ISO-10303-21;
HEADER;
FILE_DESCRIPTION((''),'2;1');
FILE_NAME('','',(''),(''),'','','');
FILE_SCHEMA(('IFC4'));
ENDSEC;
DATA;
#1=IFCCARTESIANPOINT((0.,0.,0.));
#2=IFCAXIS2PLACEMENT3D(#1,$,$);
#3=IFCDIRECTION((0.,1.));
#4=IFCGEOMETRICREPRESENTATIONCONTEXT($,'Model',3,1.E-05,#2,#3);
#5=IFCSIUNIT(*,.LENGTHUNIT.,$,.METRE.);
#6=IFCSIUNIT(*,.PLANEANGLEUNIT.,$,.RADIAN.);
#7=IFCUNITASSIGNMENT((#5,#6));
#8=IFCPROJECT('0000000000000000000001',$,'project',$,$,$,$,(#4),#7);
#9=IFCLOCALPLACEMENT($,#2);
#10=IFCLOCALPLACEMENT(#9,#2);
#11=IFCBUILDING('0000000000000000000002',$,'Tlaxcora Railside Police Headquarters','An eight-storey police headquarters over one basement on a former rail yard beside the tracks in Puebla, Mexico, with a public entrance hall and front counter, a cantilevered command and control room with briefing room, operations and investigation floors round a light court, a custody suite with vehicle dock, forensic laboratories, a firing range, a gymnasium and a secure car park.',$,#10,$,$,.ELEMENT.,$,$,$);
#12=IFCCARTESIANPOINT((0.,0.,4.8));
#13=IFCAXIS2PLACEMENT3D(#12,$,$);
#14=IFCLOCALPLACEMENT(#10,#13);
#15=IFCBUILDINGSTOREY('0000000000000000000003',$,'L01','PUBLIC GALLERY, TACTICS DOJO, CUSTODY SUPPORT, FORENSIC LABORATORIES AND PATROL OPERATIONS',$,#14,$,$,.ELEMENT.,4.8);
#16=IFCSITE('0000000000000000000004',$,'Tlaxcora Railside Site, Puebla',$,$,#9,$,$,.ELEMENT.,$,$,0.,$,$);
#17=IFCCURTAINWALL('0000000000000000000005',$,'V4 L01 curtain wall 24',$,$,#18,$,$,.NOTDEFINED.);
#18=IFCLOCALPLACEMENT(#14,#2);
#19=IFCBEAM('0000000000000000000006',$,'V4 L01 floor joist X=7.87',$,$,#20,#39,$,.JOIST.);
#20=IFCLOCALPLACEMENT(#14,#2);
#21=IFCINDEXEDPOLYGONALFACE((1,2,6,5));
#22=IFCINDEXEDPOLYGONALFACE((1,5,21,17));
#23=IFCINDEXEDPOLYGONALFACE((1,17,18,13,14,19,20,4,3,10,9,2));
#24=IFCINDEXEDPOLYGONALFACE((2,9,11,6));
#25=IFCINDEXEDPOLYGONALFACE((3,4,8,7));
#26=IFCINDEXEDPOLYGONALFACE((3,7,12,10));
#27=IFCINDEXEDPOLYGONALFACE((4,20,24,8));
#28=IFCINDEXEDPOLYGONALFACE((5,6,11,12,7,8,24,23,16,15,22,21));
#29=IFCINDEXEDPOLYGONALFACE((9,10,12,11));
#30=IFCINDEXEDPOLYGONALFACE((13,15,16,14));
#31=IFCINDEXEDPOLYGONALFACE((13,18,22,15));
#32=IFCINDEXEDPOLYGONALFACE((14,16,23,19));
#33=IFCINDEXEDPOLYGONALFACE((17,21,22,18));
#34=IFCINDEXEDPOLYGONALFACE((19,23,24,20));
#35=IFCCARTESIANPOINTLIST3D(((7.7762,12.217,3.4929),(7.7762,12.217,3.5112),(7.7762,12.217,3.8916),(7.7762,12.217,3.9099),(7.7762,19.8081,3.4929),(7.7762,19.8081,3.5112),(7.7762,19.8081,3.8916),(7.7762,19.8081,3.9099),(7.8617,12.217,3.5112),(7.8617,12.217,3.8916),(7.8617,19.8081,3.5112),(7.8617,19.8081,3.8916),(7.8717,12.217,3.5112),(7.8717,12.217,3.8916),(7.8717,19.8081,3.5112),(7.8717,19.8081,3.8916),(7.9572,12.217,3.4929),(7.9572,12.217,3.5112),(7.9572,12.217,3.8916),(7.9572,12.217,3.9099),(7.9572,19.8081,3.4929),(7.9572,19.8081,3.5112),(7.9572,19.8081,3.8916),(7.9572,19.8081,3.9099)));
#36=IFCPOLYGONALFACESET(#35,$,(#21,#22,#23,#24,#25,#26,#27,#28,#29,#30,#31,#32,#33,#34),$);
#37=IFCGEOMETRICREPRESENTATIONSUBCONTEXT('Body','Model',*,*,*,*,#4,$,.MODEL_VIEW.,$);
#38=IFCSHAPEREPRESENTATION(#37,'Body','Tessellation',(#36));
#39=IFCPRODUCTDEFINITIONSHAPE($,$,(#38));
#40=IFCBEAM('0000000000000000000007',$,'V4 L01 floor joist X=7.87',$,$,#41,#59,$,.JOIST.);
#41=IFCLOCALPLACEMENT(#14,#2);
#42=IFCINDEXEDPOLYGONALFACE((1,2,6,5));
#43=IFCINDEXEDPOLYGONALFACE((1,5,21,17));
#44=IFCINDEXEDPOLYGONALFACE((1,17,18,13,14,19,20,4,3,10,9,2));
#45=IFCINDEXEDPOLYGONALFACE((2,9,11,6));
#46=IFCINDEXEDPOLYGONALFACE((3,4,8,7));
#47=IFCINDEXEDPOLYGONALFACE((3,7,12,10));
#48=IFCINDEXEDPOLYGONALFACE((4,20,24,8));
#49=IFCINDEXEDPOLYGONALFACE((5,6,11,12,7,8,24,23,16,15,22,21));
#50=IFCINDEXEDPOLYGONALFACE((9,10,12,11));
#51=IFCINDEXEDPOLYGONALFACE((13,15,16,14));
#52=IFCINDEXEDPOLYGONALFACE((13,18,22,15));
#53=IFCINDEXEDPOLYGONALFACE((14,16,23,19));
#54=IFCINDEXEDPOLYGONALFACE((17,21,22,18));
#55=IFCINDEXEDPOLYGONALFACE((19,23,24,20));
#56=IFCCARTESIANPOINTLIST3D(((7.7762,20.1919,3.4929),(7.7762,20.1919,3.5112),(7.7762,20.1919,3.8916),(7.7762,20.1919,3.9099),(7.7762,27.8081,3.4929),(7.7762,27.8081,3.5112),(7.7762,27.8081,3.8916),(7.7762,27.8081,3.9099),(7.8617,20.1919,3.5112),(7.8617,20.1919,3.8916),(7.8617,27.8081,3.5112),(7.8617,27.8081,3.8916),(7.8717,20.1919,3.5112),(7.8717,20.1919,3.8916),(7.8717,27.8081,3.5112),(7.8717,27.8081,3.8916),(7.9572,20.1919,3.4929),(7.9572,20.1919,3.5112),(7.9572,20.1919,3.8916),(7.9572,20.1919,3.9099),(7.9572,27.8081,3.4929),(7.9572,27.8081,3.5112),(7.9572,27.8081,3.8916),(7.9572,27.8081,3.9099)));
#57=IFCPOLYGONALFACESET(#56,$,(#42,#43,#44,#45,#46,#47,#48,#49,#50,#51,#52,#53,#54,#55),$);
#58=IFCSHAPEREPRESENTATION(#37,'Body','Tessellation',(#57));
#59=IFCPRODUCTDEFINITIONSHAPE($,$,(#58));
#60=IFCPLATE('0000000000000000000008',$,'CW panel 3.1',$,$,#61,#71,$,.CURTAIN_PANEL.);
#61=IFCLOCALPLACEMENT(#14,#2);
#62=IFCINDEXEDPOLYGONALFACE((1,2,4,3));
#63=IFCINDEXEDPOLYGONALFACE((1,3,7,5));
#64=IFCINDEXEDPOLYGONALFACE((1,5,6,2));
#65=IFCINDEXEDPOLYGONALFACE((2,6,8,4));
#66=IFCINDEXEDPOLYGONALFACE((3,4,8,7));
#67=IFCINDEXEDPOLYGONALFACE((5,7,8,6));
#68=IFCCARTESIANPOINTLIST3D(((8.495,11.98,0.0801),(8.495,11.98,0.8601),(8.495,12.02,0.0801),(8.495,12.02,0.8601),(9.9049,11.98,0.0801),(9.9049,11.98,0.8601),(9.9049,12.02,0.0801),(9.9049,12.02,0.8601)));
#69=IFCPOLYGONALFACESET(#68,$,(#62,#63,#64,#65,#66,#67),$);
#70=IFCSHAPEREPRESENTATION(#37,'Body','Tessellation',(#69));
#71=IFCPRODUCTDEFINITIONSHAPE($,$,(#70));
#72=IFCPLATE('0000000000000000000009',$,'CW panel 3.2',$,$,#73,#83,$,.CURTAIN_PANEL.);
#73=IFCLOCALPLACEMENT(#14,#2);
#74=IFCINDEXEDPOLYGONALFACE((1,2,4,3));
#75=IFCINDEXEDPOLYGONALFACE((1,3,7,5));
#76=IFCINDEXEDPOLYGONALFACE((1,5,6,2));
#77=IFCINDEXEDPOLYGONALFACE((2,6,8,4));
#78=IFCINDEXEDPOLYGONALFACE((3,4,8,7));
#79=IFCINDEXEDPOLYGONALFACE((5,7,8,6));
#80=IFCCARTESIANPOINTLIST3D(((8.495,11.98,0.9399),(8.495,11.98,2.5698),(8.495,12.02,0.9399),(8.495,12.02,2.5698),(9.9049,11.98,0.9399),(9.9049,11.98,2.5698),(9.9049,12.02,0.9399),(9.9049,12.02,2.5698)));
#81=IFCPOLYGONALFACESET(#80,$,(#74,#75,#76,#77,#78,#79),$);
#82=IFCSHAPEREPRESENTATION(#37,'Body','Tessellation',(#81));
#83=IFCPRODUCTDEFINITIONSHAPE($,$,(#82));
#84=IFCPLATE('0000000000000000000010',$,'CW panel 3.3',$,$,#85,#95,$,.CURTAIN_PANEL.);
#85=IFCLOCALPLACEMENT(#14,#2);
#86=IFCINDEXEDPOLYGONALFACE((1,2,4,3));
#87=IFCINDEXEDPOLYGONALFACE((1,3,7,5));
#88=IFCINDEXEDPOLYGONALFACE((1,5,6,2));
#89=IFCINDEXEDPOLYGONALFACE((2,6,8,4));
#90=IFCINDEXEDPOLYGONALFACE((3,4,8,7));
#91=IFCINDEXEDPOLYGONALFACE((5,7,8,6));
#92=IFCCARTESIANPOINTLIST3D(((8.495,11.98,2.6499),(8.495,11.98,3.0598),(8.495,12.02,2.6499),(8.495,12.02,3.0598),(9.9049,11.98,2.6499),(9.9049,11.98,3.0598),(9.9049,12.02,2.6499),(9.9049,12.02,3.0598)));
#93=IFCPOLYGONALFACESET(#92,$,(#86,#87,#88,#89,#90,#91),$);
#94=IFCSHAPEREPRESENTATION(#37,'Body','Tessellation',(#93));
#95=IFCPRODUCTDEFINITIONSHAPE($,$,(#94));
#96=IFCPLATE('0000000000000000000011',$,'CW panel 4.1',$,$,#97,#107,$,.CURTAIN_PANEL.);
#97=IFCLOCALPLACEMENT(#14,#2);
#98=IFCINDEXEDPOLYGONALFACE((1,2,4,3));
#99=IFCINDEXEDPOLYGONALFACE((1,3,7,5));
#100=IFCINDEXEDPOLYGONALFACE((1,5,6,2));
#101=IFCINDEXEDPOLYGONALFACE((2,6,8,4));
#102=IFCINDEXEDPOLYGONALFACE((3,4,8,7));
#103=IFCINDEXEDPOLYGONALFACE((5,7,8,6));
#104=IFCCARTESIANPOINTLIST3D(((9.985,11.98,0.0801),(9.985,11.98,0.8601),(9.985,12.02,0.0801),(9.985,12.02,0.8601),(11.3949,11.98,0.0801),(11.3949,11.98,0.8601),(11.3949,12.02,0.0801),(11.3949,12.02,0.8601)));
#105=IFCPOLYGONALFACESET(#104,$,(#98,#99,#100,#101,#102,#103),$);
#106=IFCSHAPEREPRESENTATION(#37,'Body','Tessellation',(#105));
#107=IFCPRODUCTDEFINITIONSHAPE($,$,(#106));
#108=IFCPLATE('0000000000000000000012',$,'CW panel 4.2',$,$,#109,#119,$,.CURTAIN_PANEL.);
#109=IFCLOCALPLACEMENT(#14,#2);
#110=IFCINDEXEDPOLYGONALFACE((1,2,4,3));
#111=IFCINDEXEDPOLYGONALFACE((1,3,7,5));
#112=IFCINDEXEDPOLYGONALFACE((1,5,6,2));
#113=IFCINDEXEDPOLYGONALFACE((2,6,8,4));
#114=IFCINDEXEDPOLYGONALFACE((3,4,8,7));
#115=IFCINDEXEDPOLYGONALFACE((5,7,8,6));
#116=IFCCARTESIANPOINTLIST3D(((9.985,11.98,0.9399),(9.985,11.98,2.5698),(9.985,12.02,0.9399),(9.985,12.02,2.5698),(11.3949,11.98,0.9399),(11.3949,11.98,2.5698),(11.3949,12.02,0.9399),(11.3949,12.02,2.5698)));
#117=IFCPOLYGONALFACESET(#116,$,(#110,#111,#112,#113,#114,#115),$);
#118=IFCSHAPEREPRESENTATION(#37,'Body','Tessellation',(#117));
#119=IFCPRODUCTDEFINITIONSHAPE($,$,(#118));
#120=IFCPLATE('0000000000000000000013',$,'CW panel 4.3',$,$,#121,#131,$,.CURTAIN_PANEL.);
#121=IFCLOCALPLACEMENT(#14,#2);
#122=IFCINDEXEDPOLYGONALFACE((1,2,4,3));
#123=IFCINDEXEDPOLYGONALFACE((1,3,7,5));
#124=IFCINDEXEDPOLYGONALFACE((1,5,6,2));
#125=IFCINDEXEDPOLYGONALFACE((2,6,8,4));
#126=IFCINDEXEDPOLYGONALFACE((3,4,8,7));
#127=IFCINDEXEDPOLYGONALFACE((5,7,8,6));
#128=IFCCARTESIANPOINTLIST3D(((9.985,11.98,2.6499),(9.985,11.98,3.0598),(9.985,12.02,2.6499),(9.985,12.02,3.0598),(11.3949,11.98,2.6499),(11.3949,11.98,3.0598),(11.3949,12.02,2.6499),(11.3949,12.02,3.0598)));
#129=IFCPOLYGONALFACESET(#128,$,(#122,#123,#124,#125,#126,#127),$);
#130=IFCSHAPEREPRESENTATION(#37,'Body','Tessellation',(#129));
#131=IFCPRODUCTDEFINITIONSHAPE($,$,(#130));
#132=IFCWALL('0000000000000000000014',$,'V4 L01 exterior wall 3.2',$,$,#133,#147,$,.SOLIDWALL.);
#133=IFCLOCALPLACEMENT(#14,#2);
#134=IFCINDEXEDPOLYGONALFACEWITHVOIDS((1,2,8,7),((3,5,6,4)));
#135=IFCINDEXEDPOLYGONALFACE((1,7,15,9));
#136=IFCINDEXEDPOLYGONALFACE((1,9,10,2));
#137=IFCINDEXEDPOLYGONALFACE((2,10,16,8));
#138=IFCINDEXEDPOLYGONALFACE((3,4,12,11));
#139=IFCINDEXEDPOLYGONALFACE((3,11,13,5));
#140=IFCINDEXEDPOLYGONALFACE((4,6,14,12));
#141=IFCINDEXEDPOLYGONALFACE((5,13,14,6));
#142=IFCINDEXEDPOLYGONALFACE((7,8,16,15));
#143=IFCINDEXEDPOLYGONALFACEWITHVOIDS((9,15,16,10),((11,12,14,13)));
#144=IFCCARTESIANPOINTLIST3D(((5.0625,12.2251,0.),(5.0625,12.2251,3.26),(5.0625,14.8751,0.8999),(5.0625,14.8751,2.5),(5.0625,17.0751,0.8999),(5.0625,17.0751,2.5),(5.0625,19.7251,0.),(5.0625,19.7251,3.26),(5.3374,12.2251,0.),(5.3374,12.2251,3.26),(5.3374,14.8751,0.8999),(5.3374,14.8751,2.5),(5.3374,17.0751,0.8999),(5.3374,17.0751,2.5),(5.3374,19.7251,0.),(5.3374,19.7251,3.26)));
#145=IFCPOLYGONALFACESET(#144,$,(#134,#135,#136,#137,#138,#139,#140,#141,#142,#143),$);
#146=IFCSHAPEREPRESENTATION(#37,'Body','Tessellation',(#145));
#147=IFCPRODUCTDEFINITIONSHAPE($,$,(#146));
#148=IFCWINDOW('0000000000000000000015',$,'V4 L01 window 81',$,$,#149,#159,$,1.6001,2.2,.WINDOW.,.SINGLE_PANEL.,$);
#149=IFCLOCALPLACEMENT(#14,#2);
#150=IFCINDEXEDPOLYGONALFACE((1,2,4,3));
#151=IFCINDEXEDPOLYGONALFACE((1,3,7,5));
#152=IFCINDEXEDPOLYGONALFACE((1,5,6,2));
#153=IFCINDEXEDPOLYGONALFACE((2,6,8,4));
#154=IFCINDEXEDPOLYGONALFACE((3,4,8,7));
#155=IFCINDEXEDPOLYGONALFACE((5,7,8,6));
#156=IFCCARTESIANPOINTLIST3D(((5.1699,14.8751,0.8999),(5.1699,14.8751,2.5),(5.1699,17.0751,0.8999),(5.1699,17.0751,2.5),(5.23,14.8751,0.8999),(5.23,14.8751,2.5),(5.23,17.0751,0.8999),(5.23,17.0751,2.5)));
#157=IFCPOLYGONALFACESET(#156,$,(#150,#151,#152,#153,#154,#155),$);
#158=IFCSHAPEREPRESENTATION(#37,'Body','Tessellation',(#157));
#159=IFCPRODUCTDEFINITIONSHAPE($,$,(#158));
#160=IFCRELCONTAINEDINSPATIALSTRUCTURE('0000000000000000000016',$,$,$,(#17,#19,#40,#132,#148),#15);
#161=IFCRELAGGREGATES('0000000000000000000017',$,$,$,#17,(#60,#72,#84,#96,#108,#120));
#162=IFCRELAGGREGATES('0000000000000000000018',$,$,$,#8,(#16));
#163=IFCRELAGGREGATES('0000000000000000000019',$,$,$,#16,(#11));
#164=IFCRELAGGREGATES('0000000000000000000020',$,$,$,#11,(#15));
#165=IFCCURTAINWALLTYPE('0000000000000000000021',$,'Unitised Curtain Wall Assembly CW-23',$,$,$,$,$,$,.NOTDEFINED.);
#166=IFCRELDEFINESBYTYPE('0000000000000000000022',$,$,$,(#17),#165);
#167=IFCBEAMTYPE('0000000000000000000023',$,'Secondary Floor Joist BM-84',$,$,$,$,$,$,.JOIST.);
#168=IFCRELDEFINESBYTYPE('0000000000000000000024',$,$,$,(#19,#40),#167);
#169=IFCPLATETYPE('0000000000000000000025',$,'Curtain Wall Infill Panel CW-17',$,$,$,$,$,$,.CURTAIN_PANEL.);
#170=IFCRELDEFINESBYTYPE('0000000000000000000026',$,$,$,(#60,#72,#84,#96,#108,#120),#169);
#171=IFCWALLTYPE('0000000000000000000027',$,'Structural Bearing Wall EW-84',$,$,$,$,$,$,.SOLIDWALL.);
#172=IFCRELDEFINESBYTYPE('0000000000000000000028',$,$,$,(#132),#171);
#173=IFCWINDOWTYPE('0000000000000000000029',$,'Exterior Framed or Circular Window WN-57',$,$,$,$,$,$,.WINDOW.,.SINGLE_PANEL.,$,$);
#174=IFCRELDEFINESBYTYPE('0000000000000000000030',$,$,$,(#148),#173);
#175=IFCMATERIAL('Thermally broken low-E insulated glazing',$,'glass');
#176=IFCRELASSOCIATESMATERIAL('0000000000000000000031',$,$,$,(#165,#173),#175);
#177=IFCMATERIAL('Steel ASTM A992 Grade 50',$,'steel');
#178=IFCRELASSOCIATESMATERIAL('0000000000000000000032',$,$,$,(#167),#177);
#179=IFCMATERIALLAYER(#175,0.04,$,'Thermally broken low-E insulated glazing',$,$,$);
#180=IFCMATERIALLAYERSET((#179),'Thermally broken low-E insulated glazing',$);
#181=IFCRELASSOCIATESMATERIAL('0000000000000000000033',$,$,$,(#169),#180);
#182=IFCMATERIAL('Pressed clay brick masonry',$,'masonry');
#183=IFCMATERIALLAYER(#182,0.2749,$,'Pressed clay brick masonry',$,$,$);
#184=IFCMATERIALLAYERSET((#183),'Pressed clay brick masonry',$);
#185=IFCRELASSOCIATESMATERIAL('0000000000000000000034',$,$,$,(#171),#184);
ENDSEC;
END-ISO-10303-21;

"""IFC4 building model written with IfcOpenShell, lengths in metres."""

from ifc_helpers import new_model, si_unit, direction, frame, frame_2d, origin, origin_2d, place, context, subcontext, project, spatial, rectangle, i_section, extrude, material, layer, layer_set, material_profile, profile_set, type_object, element, fill, aggregate, save


model = new_model("IFC4")

# Units and contexts
model_context = context("Model", 3, precision=1e-05, world=origin(), true_north=direction((0.0, 1.0)))
body_context = subcontext(model_context, "Body", "Model", "MODEL_VIEW")
ifc_project = project(units=[si_unit("LENGTHUNIT", "METRE"), si_unit("PLANEANGLEUNIT", "RADIAN")], contexts=[model_context])

# Site, building, storey
site_placement = place(None, origin())
site = spatial("IfcSite", under=ifc_project, at=site_placement, Name="Tlaxcora Railside Site, Puebla", CompositionType="ELEMENT", RefElevation=0.0)
building_placement = place(site_placement, origin())
building = spatial("IfcBuilding", under=site, at=building_placement, Name="Tlaxcora Railside Police Headquarters", Description="An eight-storey police headquarters over one basement on a former rail yard beside the tracks in Puebla, Mexico, with a public entrance hall and front counter, a cantilevered command and control room with briefing room, operations and investigation floors round a light court, a custody suite with vehicle dock, forensic laboratories, a firing range, a gymnasium and a secure car park.", CompositionType="ELEMENT")
storey_placement = place(building_placement, frame((0.0, 0.0, 4.8)))
storey = spatial("IfcBuildingStorey", under=building, at=storey_placement, Name="L01", Description="PUBLIC GALLERY, TACTICS DOJO, CUSTODY SUPPORT, FORENSIC LABORATORIES AND PATROL OPERATIONS", CompositionType="ELEMENT", Elevation=4.8)

# Curtain wall
ifc_material_1 = material(Name="Thermally broken low-E insulated glazing", Category="glass")
curtain_wall_type = type_object("IfcCurtainWallType", Name="Unitised Curtain Wall Assembly CW-23", PredefinedType="NOTDEFINED", material=ifc_material_1)
curtain_wall_placement = place(storey_placement, origin())
curtain_wall = element("IfcCurtainWall", 1, at=curtain_wall_placement, inside=storey, type_object=curtain_wall_type, Name="V4 L01 curtain wall 24", PredefinedType="NOTDEFINED")

# Beams
ifc_material_2 = material(Name="Steel ASTM A992 Grade 50", Category="steel")
ifc_material_profile_1 = material_profile(ifc_material_2, i_section(OverallWidth=0.1809, OverallDepth=0.417, WebThickness=0.01, FlangeThickness=0.0183, at=origin_2d()), Name="W16X57")
ifc_profile_set_1 = profile_set([ifc_material_profile_1], Name="Steel ASTM A992 Grade 50")
beam_type_1 = type_object("IfcBeamType", Name="Secondary Floor Joist BM-84", PredefinedType="JOIST", material=ifc_profile_set_1)
beam_1_placement = place(storey_placement, frame((7.8667, 12.217, 3.7014), z_axis=(0.0, 1.0, 0.0), x_axis=(-1.0, 0.0, 0.0)))
element("IfcBeam", 2, at=beam_1_placement, inside=storey, type_object=beam_type_1, Name="V4 L01 floor joist X=7.87", PredefinedType="JOIST", context=body_context, shape_type="SweptSolid", body=[
    extrude(i_section(OverallWidth=0.1809, OverallDepth=0.417, WebThickness=0.01, FlangeThickness=0.0183, at=origin_2d()), origin(), (0.0, 0.0, 1.0), 7.5911),
])
beam_2_placement = place(storey_placement, frame((7.8667, 20.1919, 3.7014), z_axis=(0.0, 1.0, 0.0), x_axis=(-1.0, 0.0, 0.0)))
element("IfcBeam", 3, at=beam_2_placement, inside=storey, type_object=beam_type_1, Name="V4 L01 floor joist X=7.87", PredefinedType="JOIST", context=body_context, shape_type="SweptSolid", body=[
    extrude(i_section(OverallWidth=0.1809, OverallDepth=0.417, WebThickness=0.01, FlangeThickness=0.0183, at=origin_2d()), origin(), (0.0, 0.0, 1.0), 7.6162),
])

# Plates
ifc_layer_1 = layer(ifc_material_1, 0.04, Name="Thermally broken low-E insulated glazing")
ifc_layer_set_1 = layer_set([ifc_layer_1], Name="Thermally broken low-E insulated glazing")
plate_type = type_object("IfcPlateType", Name="Curtain Wall Infill Panel CW-17", PredefinedType="CURTAIN_PANEL", material=ifc_layer_set_1)
plate_1_placement = place(storey_placement, frame((9.2, 12.0, 0.0801), z_axis=(0.0, 0.0, 1.0), x_axis=(1.0, 0.0, 0.0)))
plate_1 = element("IfcPlate", 4, at=plate_1_placement, type_object=plate_type, Name="CW panel 3.1", PredefinedType="CURTAIN_PANEL", context=body_context, shape_type="SweptSolid", body=[
    extrude(rectangle(XDim=1.4099, YDim=0.04, at=origin_2d()), origin(), (0.0, 0.0, 1.0), 0.78),
])
plate_2_placement = place(storey_placement, frame((9.2, 12.0, 0.9399), z_axis=(0.0, 0.0, 1.0), x_axis=(1.0, 0.0, 0.0)))
plate_2 = element("IfcPlate", 5, at=plate_2_placement, type_object=plate_type, Name="CW panel 3.2", PredefinedType="CURTAIN_PANEL", context=body_context, shape_type="SweptSolid", body=[
    extrude(rectangle(XDim=1.4099, YDim=0.04, at=origin_2d()), origin(), (0.0, 0.0, 1.0), 1.6299),
])
plate_3_placement = place(storey_placement, frame((9.2, 12.0, 2.6499), z_axis=(0.0, 0.0, 1.0), x_axis=(1.0, 0.0, 0.0)))
plate_3 = element("IfcPlate", 6, at=plate_3_placement, type_object=plate_type, Name="CW panel 3.3", PredefinedType="CURTAIN_PANEL", context=body_context, shape_type="SweptSolid", body=[
    extrude(rectangle(XDim=1.4099, YDim=0.04, at=origin_2d()), origin(), (0.0, 0.0, 1.0), 0.4099),
])
plate_4_placement = place(storey_placement, frame((10.6899, 12.0, 0.0801), z_axis=(0.0, 0.0, 1.0), x_axis=(1.0, 0.0, 0.0)))
plate_4 = element("IfcPlate", 7, at=plate_4_placement, type_object=plate_type, Name="CW panel 4.1", PredefinedType="CURTAIN_PANEL", context=body_context, shape_type="SweptSolid", body=[
    extrude(rectangle(XDim=1.4099, YDim=0.04, at=origin_2d()), origin(), (0.0, 0.0, 1.0), 0.78),
])
plate_5_placement = place(storey_placement, frame((10.6899, 12.0, 0.9399), z_axis=(0.0, 0.0, 1.0), x_axis=(1.0, 0.0, 0.0)))
plate_5 = element("IfcPlate", 8, at=plate_5_placement, type_object=plate_type, Name="CW panel 4.2", PredefinedType="CURTAIN_PANEL", context=body_context, shape_type="SweptSolid", body=[
    extrude(rectangle(XDim=1.4099, YDim=0.04, at=origin_2d()), origin(), (0.0, 0.0, 1.0), 1.6299),
])
plate_6_placement = place(storey_placement, frame((10.6899, 12.0, 2.6499), z_axis=(0.0, 0.0, 1.0), x_axis=(1.0, 0.0, 0.0)))
plate_6 = element("IfcPlate", 9, at=plate_6_placement, type_object=plate_type, Name="CW panel 4.3", PredefinedType="CURTAIN_PANEL", context=body_context, shape_type="SweptSolid", body=[
    extrude(rectangle(XDim=1.4099, YDim=0.04, at=origin_2d()), origin(), (0.0, 0.0, 1.0), 0.4099),
])
aggregate(curtain_wall, [plate_1, plate_2, plate_3, plate_4, plate_5, plate_6])

# Wall, opening, window
ifc_material_3 = material(Name="Pressed clay brick masonry", Category="masonry")
ifc_layer_2 = layer(ifc_material_3, 0.2749, Name="Pressed clay brick masonry")
ifc_layer_set_2 = layer_set([ifc_layer_2], Name="Pressed clay brick masonry")
wall_type = type_object("IfcWallType", Name="Structural Bearing Wall EW-84", PredefinedType="SOLIDWALL", material=ifc_layer_set_2)
wall_placement = place(storey_placement, frame((5.2, 19.7251, 0.0), z_axis=(0.0, 0.0, 1.0), x_axis=(0.0, -1.0, 0.0)))
wall = element("IfcWall", 10, at=wall_placement, inside=storey, type_object=wall_type, Name="V4 L01 exterior wall 3.2", PredefinedType="SOLIDWALL", context=body_context, shape_type="SweptSolid", body=[
    extrude(rectangle(XDim=7.5, YDim=0.2749, at=frame_2d((3.75, 0.0))), origin(), (0.0, 0.0, 1.0), 3.26),
])
opening_placement = place(wall_placement, frame((2.6499, 0.0, 0.8999)))
opening = element("IfcOpeningElement", 11, at=opening_placement, cuts=wall, PredefinedType="OPENING", context=body_context, shape_type="SweptSolid", body=[
    extrude(rectangle(XDim=2.2, YDim=1.6001, at=frame_2d((1.1001, 0.8))), frame((0.0, 0.1475, 0.0), z_axis=(0.0, -1.0, 0.0), x_axis=(1.0, 0.0, 0.0)), (0.0, 0.0, 1.0), 0.2949),
])
window_type = type_object("IfcWindowType", Name="Exterior Framed or Circular Window WN-57", PartitioningType="SINGLE_PANEL", PredefinedType="WINDOW", material=ifc_material_1)
window_placement = place(opening_placement, origin())
window = element("IfcWindow", 12, at=window_placement, inside=storey, type_object=window_type, Name="V4 L01 window 81", OverallHeight=1.6001, OverallWidth=2.2, PartitioningType="SINGLE_PANEL", PredefinedType="WINDOW", context=body_context, shape_type="SweptSolid", body=[
    extrude(rectangle(XDim=2.2, YDim=1.6001, at=frame_2d((1.1001, 0.8))), frame((0.0, 0.03, 0.0), z_axis=(0.0, -1.0, 0.0), x_axis=(1.0, 0.0, 0.0)), (0.0, 0.0, 1.0), 0.0601),
])
fill(opening, window)

save(model, "model.ifc")
